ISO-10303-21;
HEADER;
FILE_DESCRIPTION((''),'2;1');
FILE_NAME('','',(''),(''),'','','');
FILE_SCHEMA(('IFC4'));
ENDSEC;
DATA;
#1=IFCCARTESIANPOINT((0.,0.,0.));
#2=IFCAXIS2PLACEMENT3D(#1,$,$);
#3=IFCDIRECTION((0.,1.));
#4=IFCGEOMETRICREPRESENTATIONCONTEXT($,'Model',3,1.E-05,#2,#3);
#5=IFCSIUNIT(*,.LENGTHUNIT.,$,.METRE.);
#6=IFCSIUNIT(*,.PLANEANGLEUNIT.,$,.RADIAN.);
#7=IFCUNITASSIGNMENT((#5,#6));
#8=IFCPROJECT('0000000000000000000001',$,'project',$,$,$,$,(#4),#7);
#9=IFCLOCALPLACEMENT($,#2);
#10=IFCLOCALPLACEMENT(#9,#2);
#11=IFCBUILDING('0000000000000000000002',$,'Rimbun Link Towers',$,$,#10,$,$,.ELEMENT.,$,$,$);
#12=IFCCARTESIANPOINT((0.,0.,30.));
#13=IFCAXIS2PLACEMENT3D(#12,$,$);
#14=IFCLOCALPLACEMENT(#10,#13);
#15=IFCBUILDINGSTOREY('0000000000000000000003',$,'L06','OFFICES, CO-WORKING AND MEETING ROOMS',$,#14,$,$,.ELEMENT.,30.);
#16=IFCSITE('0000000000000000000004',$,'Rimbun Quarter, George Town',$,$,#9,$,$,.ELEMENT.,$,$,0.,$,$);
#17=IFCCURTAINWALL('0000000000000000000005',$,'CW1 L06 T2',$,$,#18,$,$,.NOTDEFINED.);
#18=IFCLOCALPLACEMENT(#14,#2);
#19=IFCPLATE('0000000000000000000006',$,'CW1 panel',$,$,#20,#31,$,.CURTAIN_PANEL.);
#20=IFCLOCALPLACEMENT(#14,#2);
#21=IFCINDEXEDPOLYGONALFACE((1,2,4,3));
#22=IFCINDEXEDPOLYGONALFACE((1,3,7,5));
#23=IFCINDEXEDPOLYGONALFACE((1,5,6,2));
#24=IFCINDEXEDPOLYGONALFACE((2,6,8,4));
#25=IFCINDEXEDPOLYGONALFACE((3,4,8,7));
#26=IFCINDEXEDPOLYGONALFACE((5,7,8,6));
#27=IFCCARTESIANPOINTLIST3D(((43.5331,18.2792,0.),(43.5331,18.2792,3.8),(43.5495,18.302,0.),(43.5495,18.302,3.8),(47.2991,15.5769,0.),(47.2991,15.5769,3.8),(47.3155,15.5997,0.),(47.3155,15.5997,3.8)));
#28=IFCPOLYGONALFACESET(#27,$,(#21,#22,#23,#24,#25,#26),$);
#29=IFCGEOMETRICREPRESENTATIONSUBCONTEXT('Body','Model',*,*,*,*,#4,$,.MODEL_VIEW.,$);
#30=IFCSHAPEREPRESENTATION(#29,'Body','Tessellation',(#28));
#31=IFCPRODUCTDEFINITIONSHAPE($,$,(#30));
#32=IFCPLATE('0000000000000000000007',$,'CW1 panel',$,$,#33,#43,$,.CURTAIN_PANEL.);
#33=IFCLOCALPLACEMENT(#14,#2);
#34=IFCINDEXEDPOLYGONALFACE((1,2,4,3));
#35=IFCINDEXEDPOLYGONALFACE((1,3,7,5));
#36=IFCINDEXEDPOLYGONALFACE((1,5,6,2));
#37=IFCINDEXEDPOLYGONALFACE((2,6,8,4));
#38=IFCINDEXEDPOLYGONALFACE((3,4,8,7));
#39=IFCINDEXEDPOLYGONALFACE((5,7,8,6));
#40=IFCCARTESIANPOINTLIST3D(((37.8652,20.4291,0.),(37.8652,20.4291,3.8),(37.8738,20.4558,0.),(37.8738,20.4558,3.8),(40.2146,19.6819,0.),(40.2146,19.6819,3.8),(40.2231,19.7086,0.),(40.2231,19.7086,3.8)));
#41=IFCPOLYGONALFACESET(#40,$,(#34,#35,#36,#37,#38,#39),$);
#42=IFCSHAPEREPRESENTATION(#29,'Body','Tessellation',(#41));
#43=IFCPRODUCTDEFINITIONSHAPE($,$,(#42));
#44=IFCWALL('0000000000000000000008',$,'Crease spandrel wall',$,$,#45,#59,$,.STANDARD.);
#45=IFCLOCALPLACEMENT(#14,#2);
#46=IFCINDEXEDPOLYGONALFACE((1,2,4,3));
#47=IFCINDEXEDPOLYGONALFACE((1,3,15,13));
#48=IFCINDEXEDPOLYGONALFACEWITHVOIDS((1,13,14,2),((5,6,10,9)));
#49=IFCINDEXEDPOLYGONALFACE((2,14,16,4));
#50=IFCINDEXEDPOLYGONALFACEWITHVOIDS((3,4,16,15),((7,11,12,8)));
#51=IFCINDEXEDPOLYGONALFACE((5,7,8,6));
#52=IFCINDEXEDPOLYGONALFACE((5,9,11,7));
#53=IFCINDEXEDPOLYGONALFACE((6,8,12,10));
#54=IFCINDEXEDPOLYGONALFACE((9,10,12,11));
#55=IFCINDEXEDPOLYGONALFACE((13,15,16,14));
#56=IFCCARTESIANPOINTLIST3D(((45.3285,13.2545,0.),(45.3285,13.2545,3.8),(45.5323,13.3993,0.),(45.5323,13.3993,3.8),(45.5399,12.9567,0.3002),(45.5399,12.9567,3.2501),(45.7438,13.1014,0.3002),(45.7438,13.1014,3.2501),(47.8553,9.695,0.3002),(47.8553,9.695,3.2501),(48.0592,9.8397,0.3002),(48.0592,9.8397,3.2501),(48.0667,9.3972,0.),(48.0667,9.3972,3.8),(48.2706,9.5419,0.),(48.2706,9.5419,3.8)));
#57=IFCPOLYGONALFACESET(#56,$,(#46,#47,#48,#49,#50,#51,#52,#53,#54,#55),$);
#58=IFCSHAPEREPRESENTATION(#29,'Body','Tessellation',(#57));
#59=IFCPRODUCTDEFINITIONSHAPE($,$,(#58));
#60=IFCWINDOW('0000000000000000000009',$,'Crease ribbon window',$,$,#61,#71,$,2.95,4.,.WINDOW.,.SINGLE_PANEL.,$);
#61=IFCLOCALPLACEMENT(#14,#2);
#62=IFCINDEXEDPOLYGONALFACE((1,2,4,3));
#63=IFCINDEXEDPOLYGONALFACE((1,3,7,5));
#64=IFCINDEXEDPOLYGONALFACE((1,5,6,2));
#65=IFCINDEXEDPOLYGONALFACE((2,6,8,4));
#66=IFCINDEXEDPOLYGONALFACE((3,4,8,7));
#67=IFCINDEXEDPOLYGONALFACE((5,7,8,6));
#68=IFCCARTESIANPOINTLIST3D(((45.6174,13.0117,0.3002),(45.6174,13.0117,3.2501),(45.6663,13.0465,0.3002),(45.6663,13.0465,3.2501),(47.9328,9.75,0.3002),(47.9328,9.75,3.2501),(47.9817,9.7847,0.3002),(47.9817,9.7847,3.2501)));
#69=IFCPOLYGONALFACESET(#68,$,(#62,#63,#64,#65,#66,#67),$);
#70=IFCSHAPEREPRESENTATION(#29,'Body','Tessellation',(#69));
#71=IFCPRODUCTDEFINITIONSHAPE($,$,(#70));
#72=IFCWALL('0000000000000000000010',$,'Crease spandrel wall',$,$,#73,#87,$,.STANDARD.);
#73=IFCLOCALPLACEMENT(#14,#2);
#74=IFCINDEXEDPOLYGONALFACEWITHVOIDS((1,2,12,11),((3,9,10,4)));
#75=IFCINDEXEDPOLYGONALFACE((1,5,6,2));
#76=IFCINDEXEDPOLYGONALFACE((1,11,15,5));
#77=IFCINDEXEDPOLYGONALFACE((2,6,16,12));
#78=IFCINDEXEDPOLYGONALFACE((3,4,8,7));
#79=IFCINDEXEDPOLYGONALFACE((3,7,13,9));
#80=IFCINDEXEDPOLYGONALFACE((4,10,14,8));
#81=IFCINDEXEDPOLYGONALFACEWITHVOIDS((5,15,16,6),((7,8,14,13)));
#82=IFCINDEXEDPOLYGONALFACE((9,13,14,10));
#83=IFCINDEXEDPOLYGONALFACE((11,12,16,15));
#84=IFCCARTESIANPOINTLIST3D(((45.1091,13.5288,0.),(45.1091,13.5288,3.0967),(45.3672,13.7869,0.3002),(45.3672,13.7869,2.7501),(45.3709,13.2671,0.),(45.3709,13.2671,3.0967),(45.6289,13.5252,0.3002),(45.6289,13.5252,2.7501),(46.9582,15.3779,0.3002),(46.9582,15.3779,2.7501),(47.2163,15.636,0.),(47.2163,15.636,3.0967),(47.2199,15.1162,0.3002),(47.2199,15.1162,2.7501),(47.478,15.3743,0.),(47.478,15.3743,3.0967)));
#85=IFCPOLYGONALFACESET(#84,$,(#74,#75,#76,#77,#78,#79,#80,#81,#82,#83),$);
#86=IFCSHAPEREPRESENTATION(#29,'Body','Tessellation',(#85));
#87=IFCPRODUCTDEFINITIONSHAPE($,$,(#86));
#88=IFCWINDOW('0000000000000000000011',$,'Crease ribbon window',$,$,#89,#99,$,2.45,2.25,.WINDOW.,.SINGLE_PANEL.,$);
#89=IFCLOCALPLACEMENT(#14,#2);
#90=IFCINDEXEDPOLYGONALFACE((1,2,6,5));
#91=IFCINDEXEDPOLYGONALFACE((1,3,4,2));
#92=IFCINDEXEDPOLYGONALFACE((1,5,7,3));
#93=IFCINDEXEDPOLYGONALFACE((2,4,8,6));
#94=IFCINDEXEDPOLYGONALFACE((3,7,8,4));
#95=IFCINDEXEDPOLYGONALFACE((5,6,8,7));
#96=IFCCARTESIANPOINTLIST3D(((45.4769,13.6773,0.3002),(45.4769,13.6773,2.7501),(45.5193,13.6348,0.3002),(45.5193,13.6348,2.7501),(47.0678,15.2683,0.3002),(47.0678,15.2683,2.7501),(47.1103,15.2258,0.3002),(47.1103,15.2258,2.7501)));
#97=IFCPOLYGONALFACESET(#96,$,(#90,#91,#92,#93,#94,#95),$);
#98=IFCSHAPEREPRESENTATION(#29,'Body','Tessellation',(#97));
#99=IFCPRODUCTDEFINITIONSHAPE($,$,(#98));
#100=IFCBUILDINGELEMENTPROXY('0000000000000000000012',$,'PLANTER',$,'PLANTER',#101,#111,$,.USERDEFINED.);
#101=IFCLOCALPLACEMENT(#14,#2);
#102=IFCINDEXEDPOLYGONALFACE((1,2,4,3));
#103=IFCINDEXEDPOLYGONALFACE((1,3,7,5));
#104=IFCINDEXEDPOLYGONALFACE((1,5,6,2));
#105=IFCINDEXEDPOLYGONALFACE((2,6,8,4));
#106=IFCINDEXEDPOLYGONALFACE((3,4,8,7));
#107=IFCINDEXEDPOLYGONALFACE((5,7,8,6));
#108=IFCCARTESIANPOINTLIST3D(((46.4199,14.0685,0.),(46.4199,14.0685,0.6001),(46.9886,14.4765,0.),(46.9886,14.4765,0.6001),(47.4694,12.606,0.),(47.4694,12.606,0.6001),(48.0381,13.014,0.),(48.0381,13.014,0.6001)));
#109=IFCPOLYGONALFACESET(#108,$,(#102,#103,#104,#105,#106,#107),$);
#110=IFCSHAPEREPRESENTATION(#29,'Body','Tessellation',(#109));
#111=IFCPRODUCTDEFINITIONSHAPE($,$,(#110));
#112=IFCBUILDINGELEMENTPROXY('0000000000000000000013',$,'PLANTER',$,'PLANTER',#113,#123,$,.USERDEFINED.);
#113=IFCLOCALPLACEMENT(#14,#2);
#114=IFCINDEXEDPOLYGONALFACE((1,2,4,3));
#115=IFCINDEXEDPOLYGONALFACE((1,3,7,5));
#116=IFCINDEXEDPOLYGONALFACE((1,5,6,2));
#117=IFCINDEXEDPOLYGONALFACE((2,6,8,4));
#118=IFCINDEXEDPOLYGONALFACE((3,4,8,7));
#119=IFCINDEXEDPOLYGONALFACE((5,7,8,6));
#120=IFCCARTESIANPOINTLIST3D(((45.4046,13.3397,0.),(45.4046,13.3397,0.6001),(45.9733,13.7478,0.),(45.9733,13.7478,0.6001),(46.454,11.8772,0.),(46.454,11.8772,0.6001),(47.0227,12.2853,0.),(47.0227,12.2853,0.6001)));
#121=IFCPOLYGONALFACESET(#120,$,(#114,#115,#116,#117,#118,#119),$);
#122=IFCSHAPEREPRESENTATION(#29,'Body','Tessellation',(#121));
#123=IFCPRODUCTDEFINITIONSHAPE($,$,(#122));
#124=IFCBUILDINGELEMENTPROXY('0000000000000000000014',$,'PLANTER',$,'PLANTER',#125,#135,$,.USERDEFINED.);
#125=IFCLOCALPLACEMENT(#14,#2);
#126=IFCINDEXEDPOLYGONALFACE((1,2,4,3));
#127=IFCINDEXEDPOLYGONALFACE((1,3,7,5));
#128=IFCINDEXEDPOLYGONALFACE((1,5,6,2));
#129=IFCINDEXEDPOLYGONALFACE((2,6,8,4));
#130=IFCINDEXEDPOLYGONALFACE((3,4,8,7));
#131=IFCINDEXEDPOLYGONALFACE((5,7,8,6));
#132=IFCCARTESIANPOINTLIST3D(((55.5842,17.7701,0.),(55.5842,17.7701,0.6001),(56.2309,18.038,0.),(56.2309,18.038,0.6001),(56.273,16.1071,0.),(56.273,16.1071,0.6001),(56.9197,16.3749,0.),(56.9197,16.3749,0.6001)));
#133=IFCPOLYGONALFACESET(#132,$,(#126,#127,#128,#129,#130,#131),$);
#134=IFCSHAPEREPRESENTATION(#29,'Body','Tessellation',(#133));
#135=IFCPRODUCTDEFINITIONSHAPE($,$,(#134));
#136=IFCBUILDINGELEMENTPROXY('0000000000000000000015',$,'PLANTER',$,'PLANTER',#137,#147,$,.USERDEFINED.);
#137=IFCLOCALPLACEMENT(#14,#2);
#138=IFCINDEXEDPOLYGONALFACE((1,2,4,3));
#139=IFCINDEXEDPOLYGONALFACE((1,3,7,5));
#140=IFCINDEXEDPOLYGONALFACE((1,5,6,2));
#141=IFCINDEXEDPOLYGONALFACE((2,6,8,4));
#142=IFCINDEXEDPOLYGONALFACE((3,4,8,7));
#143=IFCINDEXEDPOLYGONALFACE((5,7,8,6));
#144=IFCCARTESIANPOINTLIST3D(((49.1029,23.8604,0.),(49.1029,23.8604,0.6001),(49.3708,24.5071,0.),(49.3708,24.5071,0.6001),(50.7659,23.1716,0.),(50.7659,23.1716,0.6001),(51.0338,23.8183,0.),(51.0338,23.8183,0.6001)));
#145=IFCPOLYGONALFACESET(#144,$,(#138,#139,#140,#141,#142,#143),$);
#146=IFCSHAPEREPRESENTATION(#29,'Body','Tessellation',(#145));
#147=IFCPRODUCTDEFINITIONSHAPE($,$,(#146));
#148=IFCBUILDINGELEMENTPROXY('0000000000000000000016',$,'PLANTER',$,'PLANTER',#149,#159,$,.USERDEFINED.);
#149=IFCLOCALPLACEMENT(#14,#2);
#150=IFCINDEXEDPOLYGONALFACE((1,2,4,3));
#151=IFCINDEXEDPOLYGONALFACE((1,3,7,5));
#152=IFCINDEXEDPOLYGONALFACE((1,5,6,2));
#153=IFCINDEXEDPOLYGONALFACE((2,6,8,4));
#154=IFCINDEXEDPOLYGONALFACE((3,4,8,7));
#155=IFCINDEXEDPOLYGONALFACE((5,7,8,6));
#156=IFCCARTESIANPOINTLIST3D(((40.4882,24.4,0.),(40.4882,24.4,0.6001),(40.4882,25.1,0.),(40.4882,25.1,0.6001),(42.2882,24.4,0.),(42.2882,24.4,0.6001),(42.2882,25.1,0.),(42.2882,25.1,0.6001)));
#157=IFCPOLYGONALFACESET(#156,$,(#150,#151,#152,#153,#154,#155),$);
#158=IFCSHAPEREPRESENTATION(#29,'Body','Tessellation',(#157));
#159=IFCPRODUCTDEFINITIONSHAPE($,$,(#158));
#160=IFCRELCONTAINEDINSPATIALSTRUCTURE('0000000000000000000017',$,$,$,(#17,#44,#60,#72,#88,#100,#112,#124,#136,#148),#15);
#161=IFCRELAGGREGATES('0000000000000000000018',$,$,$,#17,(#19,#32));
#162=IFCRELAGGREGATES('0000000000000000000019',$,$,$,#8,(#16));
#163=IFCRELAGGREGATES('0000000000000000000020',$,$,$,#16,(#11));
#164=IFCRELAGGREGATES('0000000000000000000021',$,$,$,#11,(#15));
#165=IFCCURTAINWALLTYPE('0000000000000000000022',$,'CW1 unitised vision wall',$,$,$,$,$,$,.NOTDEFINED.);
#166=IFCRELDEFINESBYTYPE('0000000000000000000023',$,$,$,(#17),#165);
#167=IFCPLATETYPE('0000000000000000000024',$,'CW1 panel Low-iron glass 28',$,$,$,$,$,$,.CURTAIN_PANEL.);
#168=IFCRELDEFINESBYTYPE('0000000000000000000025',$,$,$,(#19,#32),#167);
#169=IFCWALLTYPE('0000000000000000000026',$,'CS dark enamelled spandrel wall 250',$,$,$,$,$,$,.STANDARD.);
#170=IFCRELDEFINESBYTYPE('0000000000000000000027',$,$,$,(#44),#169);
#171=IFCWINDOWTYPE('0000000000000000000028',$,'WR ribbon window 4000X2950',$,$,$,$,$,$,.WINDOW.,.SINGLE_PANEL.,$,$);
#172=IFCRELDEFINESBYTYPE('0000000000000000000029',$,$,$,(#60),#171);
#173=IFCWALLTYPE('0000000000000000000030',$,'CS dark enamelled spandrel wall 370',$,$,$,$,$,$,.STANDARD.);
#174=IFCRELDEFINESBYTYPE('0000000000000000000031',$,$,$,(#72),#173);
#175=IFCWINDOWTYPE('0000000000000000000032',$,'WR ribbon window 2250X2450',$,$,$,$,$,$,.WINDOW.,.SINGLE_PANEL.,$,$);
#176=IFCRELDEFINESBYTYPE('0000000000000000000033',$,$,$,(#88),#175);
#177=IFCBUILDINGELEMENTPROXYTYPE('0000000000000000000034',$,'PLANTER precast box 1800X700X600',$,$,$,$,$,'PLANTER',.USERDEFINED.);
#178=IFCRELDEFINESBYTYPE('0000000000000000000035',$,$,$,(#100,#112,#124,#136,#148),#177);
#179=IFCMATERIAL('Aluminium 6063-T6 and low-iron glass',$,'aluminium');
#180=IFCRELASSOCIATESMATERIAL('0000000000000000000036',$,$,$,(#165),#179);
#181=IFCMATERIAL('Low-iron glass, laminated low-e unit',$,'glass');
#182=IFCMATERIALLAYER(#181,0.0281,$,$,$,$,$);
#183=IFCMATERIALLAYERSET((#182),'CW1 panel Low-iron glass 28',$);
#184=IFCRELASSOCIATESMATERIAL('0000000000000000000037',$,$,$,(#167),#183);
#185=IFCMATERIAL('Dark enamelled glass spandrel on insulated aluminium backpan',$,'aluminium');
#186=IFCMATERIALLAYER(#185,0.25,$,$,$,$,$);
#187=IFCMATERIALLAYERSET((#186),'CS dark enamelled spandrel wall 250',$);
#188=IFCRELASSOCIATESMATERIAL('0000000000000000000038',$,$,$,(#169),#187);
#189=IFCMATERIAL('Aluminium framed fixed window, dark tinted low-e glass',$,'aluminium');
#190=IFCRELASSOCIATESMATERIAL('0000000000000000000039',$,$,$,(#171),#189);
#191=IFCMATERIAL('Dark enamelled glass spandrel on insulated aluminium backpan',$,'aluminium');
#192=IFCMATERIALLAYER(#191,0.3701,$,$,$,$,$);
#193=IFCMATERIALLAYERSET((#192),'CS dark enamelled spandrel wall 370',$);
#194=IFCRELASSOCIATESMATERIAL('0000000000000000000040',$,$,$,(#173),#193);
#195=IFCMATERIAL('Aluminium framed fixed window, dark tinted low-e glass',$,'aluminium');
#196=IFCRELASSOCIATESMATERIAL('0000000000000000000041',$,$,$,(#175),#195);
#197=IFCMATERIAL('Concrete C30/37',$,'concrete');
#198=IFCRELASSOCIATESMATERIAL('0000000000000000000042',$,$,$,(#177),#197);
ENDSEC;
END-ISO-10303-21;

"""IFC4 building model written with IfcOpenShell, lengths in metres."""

from ifc_helpers import new_model, si_unit, direction, frame, frame_2d, origin, origin_2d, place, context, subcontext, project, spatial, rectangle, extrude, material, layer, layer_set, type_object, element, fill, aggregate, save


model = new_model("IFC4")

# Units and contexts
model_context = context("Model", 3, precision=1e-05, world=origin(), true_north=direction((0.0, 1.0)))
body_context = subcontext(model_context, "Body", "Model", "MODEL_VIEW")
ifc_project = project(units=[si_unit("LENGTHUNIT", "METRE"), si_unit("PLANEANGLEUNIT", "RADIAN")], contexts=[model_context])

# Site, building, storey
site_placement = place(None, origin())
site = spatial("IfcSite", under=ifc_project, at=site_placement, Name="Rimbun Quarter, George Town", CompositionType="ELEMENT", RefElevation=0.0)
building_placement = place(site_placement, origin())
building = spatial("IfcBuilding", under=site, at=building_placement, Name="Rimbun Link Towers", CompositionType="ELEMENT")
storey_placement = place(building_placement, frame((0.0, 0.0, 30.0)))
storey = spatial("IfcBuildingStorey", under=building, at=storey_placement, Name="L06", Description="OFFICES, CO-WORKING AND MEETING ROOMS", CompositionType="ELEMENT", Elevation=30.0)

# Curtain wall
ifc_material_1 = material(Name="Aluminium 6063-T6 and low-iron glass", Category="aluminium")
curtain_wall_type = type_object("IfcCurtainWallType", Name="CW1 unitised vision wall", PredefinedType="NOTDEFINED", material=ifc_material_1)
curtain_wall_placement = place(storey_placement, origin())
curtain_wall = element("IfcCurtainWall", 1, at=curtain_wall_placement, inside=storey, type_object=curtain_wall_type, Name="CW1 L06 T2", PredefinedType="NOTDEFINED")

# Plates
ifc_material_2 = material(Name="Low-iron glass, laminated low-e unit", Category="glass")
ifc_layer_1 = layer(ifc_material_2, 0.0281)
ifc_layer_set_1 = layer_set([ifc_layer_1], Name="CW1 panel Low-iron glass 28")
plate_type = type_object("IfcPlateType", Name="CW1 panel Low-iron glass 28", PredefinedType="CURTAIN_PANEL", material=ifc_layer_set_1)
plate_1_placement = place(storey_placement, frame((45.4243, 16.9395, 0.0), z_axis=(0.0, 0.0, 1.0), x_axis=(0.812474, -0.582998, 0.0)))
plate_1 = element("IfcPlate", 2, at=plate_1_placement, type_object=plate_type, Name="CW1 panel", PredefinedType="CURTAIN_PANEL", context=body_context, shape_type="SweptSolid", body=[
    extrude(rectangle(XDim=4.6353, YDim=0.0281, at=origin_2d()), origin(), (0.0, 0.0, 1.0), 3.8),
])
plate_2_placement = place(storey_placement, frame((39.0442, 20.0688, 0.0), z_axis=(0.0, 0.0, 1.0), x_axis=(0.952967, -0.303074, 0.0)))
plate_2 = element("IfcPlate", 3, at=plate_2_placement, type_object=plate_type, Name="CW1 panel", PredefinedType="CURTAIN_PANEL", context=body_context, shape_type="SweptSolid", body=[
    extrude(rectangle(XDim=2.4653, YDim=0.0281, at=origin_2d()), origin(), (0.0, 0.0, 1.0), 3.8),
])
aggregate(curtain_wall, [plate_1, plate_2])

# Walls, openings, windows
ifc_material_3 = material(Name="Dark enamelled glass spandrel on insulated aluminium backpan", Category="aluminium")
ifc_layer_2 = layer(ifc_material_3, 0.25)
ifc_layer_set_2 = layer_set([ifc_layer_2], Name="CS dark enamelled spandrel wall 250")
wall_type_1 = type_object("IfcWallType", Name="CS dark enamelled spandrel wall 250", PredefinedType="STANDARD", material=ifc_layer_set_2)
wall_1_placement = place(storey_placement, frame((45.4304, 13.3269, 0.0), z_axis=(0.0, 0.0, 1.0), x_axis=(0.578853, -0.815432, 0.0)))
wall_1 = element("IfcWall", 4, at=wall_1_placement, inside=storey, type_object=wall_type_1, Name="Crease spandrel wall", PredefinedType="STANDARD", context=body_context, shape_type="SweptSolid", body=[
    extrude(rectangle(XDim=4.7305, YDim=0.25, at=frame_2d((2.3652, 0.0))), origin(), (0.0, 0.0, 1.0), 3.8),
])
opening_1_placement = place(wall_1_placement, frame((0.3652, 0.0, 0.3)))
opening_1 = element("IfcOpeningElement", 5, at=opening_1_placement, cuts=wall_1, PredefinedType="OPENING", context=body_context, shape_type="SweptSolid", body=[
    extrude(rectangle(XDim=4.0, YDim=2.95, at=frame_2d((2.0, 1.4751))), frame((0.0, 0.135, 0.0), z_axis=(0.0, -1.0, 0.0), x_axis=(1.0, 0.0, 0.0)), (0.0, 0.0, 1.0), 0.27),
])
ifc_material_4 = material(Name="Aluminium framed fixed window, dark tinted low-e glass", Category="aluminium")
window_type_1 = type_object("IfcWindowType", Name="WR ribbon window 4000X2950", PartitioningType="SINGLE_PANEL", PredefinedType="WINDOW", material=ifc_material_4)
window_1_placement = place(opening_1_placement, origin())
window_1 = element("IfcWindow", 6, at=window_1_placement, inside=storey, type_object=window_type_1, Name="Crease ribbon window", OverallHeight=2.95, OverallWidth=4.0, PartitioningType="SINGLE_PANEL", PredefinedType="WINDOW", context=body_context, shape_type="SweptSolid", body=[
    extrude(rectangle(XDim=4.0, YDim=2.95, at=frame_2d((2.0, 1.4751))), frame((0.0, 0.03, 0.0), z_axis=(0.0, -1.0, 0.0), x_axis=(1.0, 0.0, 0.0)), (0.0, 0.0, 1.0), 0.0601),
])
fill(opening_1, window_1)
ifc_material_5 = material(Name="Dark enamelled glass spandrel on insulated aluminium backpan", Category="aluminium")
ifc_layer_3 = layer(ifc_material_5, 0.3701)
ifc_layer_set_3 = layer_set([ifc_layer_3], Name="CS dark enamelled spandrel wall 370")
wall_type_2 = type_object("IfcWallType", Name="CS dark enamelled spandrel wall 370", PredefinedType="STANDARD", material=ifc_layer_set_3)
wall_2_placement = place(storey_placement, frame((47.3472, 15.5051, 0.0), z_axis=(0.0, 0.0, 1.0), x_axis=(-0.707107, -0.707107, 0.0)))
wall_2 = element("IfcWall", 7, at=wall_2_placement, inside=storey, type_object=wall_type_2, Name="Crease spandrel wall", PredefinedType="STANDARD", context=body_context, shape_type="SweptSolid", body=[
    extrude(rectangle(XDim=2.98, YDim=0.3701, at=frame_2d((1.49, 0.0))), origin(), (0.0, 0.0, 1.0), 3.0967),
])
opening_2_placement = place(wall_2_placement, frame((0.365, 0.0, 0.3)))
opening_2 = element("IfcOpeningElement", 8, at=opening_2_placement, cuts=wall_2, PredefinedType="OPENING", context=body_context, shape_type="SweptSolid", body=[
    extrude(rectangle(XDim=2.25, YDim=2.45, at=frame_2d((1.125, 1.2251))), frame((0.0, 0.1951, 0.0), z_axis=(0.0, -1.0, 0.0), x_axis=(1.0, 0.0, 0.0)), (0.0, 0.0, 1.0), 0.3901),
])
ifc_material_6 = material(Name="Aluminium framed fixed window, dark tinted low-e glass", Category="aluminium")
window_type_2 = type_object("IfcWindowType", Name="WR ribbon window 2250X2450", PartitioningType="SINGLE_PANEL", PredefinedType="WINDOW", material=ifc_material_6)
window_2_placement = place(opening_2_placement, origin())
window_2 = element("IfcWindow", 9, at=window_2_placement, inside=storey, type_object=window_type_2, Name="Crease ribbon window", OverallHeight=2.45, OverallWidth=2.25, PartitioningType="SINGLE_PANEL", PredefinedType="WINDOW", context=body_context, shape_type="SweptSolid", body=[
    extrude(rectangle(XDim=2.25, YDim=2.45, at=frame_2d((1.125, 1.2251))), frame((0.0, 0.03, 0.0), z_axis=(0.0, -1.0, 0.0), x_axis=(1.0, 0.0, 0.0)), (0.0, 0.0, 1.0), 0.0601),
])
fill(opening_2, window_2)

# Building element proxies
ifc_material_7 = material(Name="Concrete C30/37", Category="concrete")
building_element_proxy_type = type_object("IfcBuildingElementProxyType", Name="PLANTER precast box 1800X700X600", ElementType="PLANTER", PredefinedType="USERDEFINED", material=ifc_material_7)
for number, where, z_axis, x_axis, name in (
    (10, (47.229, 13.5413, 0.0), (0.0, 0.0, 1.0), (-0.582998, 0.812474, 0.0), "PLANTER"),
    (11, (46.2136, 12.8125, 0.0), (0.0, 0.0, 1.0), (-0.582998, 0.812474, 0.0), "PLANTER"),
    (12, (56.252, 17.0725, 0.0), (0.0, 0.0, 1.0), (-0.382679, 0.923881, 0.0), "PLANTER"),
    (13, (50.0684, 23.8394, 0.0), (0.0, 0.0, 1.0), (-0.923881, 0.382679, 0.0), "PLANTER"),
    (14, (41.3882, 24.75, 0.0), (0.0, 0.0, 1.0), (-1.0, 0.0, 0.0), "PLANTER"),
):
    element("IfcBuildingElementProxy", number, at=place(storey_placement, frame(where, z_axis=z_axis, x_axis=x_axis)), inside=storey, type_object=building_element_proxy_type, Name=name, ObjectType="PLANTER", PredefinedType="USERDEFINED", context=body_context, shape_type="SweptSolid", body=[
        extrude(rectangle(XDim=1.8, YDim=0.7, at=origin_2d()), origin(), (0.0, 0.0, 1.0), 0.6001),
    ])

save(model, "model.ifc")
